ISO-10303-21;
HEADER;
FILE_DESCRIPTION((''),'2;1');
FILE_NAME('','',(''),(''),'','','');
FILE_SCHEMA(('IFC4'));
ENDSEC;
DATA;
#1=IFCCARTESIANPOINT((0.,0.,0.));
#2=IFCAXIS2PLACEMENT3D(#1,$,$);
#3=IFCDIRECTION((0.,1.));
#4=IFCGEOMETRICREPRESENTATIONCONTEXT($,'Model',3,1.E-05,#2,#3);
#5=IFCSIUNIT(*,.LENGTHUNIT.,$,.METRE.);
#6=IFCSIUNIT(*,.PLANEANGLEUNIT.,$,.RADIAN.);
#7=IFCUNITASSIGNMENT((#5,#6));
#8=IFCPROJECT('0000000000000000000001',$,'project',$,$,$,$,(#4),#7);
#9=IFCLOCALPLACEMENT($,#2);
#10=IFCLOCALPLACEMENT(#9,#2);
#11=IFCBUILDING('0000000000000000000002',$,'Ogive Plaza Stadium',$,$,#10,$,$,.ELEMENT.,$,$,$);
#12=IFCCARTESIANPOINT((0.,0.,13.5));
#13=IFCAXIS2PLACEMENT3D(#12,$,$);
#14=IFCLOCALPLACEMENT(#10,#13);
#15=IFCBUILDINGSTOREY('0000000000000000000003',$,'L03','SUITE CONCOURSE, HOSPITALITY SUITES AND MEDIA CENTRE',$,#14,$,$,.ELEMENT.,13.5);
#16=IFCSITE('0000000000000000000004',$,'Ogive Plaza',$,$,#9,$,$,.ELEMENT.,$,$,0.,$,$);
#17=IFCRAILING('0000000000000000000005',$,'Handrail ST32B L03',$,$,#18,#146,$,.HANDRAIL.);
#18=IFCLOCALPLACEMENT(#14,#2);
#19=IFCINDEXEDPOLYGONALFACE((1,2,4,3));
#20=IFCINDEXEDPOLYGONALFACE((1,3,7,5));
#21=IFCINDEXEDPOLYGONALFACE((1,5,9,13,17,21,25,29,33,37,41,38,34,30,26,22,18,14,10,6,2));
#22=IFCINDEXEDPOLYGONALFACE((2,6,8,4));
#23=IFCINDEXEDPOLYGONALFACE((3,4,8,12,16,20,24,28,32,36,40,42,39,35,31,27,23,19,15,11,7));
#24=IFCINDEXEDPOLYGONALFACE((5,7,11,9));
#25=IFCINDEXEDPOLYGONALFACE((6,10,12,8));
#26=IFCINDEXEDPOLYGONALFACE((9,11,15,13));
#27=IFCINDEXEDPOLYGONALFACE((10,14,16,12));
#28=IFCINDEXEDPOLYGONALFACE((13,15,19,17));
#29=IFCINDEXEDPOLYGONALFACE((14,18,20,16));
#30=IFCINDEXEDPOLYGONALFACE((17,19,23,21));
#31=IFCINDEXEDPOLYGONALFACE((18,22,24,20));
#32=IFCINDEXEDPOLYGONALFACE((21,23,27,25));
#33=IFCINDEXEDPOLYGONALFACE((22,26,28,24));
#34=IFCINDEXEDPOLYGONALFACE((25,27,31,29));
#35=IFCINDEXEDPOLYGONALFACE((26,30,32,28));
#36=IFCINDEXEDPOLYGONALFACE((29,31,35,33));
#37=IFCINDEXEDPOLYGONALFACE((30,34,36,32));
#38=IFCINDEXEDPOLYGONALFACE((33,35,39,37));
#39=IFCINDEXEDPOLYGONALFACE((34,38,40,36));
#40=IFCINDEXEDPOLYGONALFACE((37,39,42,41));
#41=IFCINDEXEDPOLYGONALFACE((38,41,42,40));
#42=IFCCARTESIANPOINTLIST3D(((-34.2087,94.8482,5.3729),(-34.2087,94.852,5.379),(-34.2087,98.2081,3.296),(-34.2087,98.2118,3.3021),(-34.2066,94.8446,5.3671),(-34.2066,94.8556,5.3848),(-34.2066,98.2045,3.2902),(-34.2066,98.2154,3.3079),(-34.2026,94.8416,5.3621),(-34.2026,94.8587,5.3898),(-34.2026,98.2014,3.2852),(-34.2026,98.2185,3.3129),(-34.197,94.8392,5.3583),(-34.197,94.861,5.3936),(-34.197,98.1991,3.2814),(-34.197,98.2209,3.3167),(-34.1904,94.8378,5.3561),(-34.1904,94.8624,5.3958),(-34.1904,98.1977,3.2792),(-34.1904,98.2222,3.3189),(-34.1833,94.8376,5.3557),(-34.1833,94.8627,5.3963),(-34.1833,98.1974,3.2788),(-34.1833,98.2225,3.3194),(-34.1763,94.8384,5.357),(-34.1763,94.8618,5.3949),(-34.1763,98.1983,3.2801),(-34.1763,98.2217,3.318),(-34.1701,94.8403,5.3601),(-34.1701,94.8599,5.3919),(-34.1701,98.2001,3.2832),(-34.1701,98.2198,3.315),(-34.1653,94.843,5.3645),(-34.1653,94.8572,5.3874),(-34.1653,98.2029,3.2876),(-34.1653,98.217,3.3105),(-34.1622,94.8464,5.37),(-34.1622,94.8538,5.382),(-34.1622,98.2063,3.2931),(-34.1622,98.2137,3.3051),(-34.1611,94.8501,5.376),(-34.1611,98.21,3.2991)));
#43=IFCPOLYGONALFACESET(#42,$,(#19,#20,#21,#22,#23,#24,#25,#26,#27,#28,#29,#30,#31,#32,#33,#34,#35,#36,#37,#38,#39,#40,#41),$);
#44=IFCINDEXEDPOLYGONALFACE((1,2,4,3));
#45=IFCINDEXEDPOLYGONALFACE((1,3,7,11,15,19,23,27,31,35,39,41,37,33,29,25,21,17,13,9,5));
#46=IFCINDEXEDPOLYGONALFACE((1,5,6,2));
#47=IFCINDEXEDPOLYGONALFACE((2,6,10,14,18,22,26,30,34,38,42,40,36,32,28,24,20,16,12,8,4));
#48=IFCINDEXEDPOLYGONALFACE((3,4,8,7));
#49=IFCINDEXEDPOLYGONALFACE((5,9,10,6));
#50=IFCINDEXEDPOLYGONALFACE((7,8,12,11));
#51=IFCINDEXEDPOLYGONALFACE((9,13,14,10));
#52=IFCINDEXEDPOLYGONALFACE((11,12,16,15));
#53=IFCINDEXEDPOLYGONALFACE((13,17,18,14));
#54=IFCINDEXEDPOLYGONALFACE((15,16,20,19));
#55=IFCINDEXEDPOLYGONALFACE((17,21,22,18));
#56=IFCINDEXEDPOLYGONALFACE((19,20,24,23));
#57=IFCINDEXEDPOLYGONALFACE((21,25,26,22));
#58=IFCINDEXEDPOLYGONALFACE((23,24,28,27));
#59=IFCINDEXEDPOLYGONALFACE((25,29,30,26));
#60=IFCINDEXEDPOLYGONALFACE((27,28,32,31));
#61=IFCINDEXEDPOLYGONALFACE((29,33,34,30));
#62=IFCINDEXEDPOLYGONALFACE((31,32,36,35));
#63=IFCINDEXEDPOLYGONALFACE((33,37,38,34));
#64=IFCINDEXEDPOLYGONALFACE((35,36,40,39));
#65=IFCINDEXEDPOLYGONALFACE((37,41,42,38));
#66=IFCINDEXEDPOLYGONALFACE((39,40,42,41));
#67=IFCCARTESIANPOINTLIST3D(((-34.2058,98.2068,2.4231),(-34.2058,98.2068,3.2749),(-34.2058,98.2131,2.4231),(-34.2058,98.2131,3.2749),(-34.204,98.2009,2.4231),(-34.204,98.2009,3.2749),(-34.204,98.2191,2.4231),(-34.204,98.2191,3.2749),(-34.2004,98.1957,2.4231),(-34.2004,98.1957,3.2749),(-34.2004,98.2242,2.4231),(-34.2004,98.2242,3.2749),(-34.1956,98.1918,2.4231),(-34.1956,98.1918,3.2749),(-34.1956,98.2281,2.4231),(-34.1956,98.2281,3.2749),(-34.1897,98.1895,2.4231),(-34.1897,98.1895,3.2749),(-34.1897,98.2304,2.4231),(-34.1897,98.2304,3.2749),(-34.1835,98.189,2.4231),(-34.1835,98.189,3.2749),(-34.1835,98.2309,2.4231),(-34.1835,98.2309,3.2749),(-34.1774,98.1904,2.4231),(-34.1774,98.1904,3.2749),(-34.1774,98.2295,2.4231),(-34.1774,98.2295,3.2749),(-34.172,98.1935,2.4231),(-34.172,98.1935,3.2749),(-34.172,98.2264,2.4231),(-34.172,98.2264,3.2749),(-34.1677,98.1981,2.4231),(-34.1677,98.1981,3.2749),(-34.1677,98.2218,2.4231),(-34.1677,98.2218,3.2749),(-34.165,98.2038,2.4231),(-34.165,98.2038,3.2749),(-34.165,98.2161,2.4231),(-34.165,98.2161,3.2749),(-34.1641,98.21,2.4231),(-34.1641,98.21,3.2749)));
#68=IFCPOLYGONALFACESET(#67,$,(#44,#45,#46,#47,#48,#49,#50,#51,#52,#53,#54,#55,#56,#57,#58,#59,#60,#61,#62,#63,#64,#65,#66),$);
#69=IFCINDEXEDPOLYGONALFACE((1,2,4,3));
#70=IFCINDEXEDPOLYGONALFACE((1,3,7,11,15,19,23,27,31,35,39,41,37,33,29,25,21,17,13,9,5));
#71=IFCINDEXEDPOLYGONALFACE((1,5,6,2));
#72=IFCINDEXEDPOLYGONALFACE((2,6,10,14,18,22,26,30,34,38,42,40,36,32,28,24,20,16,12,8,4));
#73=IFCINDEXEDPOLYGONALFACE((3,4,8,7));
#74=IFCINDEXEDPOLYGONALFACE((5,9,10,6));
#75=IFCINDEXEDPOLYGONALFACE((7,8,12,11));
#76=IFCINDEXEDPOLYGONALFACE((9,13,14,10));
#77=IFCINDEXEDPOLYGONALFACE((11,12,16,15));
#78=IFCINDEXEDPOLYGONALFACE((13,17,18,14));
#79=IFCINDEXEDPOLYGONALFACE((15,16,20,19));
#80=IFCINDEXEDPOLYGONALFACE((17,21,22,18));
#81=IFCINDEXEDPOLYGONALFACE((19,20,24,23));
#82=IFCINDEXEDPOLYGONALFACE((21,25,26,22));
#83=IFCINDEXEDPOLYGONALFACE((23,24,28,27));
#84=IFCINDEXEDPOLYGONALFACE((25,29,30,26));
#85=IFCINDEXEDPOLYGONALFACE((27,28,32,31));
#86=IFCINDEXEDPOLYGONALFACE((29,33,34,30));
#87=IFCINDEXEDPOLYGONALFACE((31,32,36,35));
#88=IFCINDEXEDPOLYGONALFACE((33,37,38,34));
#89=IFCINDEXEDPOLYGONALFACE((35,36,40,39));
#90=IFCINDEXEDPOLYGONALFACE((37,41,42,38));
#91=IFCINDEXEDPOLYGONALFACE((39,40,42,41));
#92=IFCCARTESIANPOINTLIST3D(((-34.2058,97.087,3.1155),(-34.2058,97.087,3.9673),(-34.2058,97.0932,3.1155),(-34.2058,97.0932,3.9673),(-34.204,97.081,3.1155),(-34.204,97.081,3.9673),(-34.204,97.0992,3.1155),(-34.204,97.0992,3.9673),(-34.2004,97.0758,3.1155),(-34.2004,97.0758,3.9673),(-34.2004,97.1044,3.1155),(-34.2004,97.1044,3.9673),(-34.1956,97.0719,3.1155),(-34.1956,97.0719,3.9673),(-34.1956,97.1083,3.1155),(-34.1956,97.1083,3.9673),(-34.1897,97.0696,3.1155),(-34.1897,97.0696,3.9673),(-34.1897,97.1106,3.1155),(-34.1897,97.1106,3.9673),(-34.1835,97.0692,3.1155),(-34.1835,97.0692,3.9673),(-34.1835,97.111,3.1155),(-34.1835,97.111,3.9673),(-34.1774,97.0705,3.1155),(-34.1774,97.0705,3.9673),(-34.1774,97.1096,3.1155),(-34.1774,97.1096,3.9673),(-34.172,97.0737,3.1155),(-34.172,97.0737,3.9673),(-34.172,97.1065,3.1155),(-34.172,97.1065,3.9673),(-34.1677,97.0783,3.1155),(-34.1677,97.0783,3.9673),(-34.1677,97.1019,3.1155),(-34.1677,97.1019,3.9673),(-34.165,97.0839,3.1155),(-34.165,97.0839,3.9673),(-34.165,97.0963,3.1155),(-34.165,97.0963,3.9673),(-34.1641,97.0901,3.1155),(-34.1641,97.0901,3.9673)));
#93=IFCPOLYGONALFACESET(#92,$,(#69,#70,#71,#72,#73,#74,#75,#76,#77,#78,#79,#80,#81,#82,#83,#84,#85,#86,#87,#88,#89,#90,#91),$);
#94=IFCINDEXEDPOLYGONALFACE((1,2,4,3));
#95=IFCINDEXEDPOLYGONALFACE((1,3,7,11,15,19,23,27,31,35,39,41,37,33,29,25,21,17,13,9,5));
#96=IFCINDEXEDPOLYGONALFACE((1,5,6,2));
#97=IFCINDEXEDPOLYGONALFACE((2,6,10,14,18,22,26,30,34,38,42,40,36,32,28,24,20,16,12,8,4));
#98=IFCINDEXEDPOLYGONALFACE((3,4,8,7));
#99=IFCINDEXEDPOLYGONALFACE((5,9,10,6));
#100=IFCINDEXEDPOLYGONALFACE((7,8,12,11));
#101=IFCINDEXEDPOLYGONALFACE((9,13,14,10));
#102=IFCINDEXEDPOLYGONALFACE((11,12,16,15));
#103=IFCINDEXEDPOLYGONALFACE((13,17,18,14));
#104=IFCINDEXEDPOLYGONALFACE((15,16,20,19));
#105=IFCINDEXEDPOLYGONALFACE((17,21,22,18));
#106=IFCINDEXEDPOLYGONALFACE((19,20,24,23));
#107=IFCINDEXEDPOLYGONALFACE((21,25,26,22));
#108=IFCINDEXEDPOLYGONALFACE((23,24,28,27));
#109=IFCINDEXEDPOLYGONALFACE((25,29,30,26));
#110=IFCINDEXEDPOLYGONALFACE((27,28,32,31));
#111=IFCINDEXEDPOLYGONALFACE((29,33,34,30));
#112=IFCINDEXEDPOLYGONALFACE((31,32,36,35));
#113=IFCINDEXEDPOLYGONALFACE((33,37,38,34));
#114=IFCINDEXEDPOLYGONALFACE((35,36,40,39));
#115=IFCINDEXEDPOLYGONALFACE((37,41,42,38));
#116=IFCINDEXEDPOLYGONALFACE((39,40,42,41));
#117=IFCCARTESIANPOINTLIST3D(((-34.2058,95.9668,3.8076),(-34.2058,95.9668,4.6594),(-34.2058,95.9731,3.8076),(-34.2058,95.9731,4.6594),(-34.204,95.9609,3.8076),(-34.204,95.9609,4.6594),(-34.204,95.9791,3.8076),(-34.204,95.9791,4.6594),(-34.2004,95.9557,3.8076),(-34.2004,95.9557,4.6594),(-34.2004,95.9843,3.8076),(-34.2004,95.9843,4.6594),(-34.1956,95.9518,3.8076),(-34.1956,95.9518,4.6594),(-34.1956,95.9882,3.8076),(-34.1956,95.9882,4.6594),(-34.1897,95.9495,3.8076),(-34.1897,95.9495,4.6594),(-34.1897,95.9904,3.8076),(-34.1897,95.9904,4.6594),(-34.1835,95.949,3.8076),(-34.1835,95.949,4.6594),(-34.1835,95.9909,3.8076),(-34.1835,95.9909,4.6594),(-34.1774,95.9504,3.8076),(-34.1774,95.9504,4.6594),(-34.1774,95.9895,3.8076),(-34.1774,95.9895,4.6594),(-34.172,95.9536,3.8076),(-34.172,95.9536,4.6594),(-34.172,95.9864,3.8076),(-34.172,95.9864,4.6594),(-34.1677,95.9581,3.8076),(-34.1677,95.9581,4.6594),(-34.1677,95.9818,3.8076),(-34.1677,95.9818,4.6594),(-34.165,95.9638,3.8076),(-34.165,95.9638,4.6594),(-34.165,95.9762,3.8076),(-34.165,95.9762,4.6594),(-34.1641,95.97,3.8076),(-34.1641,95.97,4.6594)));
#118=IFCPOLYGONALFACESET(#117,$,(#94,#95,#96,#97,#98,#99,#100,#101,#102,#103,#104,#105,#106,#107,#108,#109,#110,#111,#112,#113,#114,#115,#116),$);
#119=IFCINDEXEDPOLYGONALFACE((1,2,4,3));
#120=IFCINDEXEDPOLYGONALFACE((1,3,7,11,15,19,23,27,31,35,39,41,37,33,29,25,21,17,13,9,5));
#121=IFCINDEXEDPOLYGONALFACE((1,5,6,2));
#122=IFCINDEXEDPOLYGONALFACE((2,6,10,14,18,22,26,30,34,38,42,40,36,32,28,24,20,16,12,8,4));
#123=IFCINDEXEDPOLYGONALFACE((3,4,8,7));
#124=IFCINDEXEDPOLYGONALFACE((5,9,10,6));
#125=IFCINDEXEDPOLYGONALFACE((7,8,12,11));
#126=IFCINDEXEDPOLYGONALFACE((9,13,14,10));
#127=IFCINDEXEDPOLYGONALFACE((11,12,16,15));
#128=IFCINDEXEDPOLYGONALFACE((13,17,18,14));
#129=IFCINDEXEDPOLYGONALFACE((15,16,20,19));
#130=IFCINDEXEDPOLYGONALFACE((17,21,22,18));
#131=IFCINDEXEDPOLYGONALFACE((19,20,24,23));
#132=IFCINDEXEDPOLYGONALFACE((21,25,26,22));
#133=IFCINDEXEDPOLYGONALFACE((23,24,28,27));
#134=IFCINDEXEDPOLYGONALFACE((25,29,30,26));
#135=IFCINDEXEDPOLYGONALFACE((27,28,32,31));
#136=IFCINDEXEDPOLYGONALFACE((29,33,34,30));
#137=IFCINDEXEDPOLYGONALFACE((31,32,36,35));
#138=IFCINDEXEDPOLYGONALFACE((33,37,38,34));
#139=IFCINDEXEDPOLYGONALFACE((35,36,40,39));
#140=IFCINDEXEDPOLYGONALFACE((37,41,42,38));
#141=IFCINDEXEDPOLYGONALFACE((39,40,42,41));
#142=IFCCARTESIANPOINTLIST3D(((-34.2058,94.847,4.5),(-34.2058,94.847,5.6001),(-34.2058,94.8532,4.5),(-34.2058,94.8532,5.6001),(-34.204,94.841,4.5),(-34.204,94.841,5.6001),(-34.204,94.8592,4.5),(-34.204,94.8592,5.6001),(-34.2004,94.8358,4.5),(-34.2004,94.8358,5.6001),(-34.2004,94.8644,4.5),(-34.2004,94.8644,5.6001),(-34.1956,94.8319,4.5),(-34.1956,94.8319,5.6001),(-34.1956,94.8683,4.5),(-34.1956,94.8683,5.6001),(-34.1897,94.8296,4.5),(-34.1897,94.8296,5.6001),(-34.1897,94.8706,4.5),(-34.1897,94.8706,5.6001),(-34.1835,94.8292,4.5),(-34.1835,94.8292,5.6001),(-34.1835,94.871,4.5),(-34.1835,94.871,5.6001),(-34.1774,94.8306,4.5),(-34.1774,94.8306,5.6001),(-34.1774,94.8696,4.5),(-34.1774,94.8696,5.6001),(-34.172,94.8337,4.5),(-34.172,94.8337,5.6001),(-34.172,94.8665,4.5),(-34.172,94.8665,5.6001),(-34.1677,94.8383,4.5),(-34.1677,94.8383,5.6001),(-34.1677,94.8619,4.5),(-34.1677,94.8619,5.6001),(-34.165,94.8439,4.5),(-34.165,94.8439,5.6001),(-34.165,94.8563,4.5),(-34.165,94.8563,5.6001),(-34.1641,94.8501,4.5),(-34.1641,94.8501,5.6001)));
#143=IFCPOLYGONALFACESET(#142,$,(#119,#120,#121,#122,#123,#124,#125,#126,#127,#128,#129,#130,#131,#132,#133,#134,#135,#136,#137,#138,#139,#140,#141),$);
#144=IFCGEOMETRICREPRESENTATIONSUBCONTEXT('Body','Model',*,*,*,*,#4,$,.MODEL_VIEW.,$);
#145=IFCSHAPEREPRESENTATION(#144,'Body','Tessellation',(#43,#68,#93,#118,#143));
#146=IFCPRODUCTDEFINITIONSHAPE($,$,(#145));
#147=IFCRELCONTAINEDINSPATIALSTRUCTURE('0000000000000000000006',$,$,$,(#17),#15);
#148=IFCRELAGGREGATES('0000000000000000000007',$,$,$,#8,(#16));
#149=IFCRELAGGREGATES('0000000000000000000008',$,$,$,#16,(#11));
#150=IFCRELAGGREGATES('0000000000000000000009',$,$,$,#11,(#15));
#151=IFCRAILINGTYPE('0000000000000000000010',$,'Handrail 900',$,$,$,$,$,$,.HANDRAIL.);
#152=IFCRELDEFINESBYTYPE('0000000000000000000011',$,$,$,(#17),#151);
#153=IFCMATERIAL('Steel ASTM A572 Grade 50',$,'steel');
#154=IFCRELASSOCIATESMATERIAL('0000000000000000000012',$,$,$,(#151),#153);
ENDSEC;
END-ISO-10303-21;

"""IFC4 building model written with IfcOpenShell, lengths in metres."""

from ifc_helpers import new_model, si_unit, direction, frame, origin, origin_2d, place, context, subcontext, project, spatial, circle, extrude, material, type_object, element, save


model = new_model("IFC4")

# Units and contexts
model_context = context("Model", 3, precision=1e-05, world=origin(), true_north=direction((0.0, 1.0)))
body_context = subcontext(model_context, "Body", "Model", "MODEL_VIEW")
ifc_project = project(units=[si_unit("LENGTHUNIT", "METRE"), si_unit("PLANEANGLEUNIT", "RADIAN")], contexts=[model_context])

# Site, building, storey
site_placement = place(None, origin())
site = spatial("IfcSite", under=ifc_project, at=site_placement, Name="Ogive Plaza", CompositionType="ELEMENT", RefElevation=0.0)
building_placement = place(site_placement, origin())
building = spatial("IfcBuilding", under=site, at=building_placement, Name="Ogive Plaza Stadium", CompositionType="ELEMENT")
storey_placement = place(building_placement, frame((0.0, 0.0, 13.5)))
storey = spatial("IfcBuildingStorey", under=building, at=storey_placement, Name="L03", Description="SUITE CONCOURSE, HOSPITALITY SUITES AND MEDIA CENTRE", CompositionType="ELEMENT", Elevation=13.5)

# Railing
ifc_material_1 = material(Name="Steel ASTM A572 Grade 50", Category="steel")
railing_type_1 = type_object("IfcRailingType", Name="Handrail 900", PredefinedType="HANDRAIL", material=ifc_material_1)
for number, where, name in (
    (1, (-34.1851, 98.21, 2.4231), "Handrail ST32B L03"),
):
    element("IfcRailing", number, at=place(storey_placement, frame(where)), inside=storey, type_object=railing_type_1, Name=name, PredefinedType="HANDRAIL", context=body_context, shape_type="SweptSolid", body=[
        extrude(circle(Radius=0.0239, at=origin_2d()), frame((0.0, 0.0, 0.876), z_axis=(0.0, -0.850606, 0.525803), x_axis=(1.0, 0.0, 0.0)), (0.0, 0.0, 1.0), 3.95),
        extrude(circle(Radius=0.021, at=origin_2d()), origin(), (0.0, 0.0, 1.0), 0.8518),
        extrude(circle(Radius=0.021, at=origin_2d()), frame((0.0, -1.1199, 0.6924)), (0.0, 0.0, 1.0), 0.8518),
        extrude(circle(Radius=0.021, at=origin_2d()), frame((0.0, -2.24, 1.3845)), (0.0, 0.0, 1.0), 0.8518),
        extrude(circle(Radius=0.021, at=origin_2d()), frame((0.0, -3.3599, 2.0769)), (0.0, 0.0, 1.0), 1.1001),
    ])

save(model, "model.ifc")
